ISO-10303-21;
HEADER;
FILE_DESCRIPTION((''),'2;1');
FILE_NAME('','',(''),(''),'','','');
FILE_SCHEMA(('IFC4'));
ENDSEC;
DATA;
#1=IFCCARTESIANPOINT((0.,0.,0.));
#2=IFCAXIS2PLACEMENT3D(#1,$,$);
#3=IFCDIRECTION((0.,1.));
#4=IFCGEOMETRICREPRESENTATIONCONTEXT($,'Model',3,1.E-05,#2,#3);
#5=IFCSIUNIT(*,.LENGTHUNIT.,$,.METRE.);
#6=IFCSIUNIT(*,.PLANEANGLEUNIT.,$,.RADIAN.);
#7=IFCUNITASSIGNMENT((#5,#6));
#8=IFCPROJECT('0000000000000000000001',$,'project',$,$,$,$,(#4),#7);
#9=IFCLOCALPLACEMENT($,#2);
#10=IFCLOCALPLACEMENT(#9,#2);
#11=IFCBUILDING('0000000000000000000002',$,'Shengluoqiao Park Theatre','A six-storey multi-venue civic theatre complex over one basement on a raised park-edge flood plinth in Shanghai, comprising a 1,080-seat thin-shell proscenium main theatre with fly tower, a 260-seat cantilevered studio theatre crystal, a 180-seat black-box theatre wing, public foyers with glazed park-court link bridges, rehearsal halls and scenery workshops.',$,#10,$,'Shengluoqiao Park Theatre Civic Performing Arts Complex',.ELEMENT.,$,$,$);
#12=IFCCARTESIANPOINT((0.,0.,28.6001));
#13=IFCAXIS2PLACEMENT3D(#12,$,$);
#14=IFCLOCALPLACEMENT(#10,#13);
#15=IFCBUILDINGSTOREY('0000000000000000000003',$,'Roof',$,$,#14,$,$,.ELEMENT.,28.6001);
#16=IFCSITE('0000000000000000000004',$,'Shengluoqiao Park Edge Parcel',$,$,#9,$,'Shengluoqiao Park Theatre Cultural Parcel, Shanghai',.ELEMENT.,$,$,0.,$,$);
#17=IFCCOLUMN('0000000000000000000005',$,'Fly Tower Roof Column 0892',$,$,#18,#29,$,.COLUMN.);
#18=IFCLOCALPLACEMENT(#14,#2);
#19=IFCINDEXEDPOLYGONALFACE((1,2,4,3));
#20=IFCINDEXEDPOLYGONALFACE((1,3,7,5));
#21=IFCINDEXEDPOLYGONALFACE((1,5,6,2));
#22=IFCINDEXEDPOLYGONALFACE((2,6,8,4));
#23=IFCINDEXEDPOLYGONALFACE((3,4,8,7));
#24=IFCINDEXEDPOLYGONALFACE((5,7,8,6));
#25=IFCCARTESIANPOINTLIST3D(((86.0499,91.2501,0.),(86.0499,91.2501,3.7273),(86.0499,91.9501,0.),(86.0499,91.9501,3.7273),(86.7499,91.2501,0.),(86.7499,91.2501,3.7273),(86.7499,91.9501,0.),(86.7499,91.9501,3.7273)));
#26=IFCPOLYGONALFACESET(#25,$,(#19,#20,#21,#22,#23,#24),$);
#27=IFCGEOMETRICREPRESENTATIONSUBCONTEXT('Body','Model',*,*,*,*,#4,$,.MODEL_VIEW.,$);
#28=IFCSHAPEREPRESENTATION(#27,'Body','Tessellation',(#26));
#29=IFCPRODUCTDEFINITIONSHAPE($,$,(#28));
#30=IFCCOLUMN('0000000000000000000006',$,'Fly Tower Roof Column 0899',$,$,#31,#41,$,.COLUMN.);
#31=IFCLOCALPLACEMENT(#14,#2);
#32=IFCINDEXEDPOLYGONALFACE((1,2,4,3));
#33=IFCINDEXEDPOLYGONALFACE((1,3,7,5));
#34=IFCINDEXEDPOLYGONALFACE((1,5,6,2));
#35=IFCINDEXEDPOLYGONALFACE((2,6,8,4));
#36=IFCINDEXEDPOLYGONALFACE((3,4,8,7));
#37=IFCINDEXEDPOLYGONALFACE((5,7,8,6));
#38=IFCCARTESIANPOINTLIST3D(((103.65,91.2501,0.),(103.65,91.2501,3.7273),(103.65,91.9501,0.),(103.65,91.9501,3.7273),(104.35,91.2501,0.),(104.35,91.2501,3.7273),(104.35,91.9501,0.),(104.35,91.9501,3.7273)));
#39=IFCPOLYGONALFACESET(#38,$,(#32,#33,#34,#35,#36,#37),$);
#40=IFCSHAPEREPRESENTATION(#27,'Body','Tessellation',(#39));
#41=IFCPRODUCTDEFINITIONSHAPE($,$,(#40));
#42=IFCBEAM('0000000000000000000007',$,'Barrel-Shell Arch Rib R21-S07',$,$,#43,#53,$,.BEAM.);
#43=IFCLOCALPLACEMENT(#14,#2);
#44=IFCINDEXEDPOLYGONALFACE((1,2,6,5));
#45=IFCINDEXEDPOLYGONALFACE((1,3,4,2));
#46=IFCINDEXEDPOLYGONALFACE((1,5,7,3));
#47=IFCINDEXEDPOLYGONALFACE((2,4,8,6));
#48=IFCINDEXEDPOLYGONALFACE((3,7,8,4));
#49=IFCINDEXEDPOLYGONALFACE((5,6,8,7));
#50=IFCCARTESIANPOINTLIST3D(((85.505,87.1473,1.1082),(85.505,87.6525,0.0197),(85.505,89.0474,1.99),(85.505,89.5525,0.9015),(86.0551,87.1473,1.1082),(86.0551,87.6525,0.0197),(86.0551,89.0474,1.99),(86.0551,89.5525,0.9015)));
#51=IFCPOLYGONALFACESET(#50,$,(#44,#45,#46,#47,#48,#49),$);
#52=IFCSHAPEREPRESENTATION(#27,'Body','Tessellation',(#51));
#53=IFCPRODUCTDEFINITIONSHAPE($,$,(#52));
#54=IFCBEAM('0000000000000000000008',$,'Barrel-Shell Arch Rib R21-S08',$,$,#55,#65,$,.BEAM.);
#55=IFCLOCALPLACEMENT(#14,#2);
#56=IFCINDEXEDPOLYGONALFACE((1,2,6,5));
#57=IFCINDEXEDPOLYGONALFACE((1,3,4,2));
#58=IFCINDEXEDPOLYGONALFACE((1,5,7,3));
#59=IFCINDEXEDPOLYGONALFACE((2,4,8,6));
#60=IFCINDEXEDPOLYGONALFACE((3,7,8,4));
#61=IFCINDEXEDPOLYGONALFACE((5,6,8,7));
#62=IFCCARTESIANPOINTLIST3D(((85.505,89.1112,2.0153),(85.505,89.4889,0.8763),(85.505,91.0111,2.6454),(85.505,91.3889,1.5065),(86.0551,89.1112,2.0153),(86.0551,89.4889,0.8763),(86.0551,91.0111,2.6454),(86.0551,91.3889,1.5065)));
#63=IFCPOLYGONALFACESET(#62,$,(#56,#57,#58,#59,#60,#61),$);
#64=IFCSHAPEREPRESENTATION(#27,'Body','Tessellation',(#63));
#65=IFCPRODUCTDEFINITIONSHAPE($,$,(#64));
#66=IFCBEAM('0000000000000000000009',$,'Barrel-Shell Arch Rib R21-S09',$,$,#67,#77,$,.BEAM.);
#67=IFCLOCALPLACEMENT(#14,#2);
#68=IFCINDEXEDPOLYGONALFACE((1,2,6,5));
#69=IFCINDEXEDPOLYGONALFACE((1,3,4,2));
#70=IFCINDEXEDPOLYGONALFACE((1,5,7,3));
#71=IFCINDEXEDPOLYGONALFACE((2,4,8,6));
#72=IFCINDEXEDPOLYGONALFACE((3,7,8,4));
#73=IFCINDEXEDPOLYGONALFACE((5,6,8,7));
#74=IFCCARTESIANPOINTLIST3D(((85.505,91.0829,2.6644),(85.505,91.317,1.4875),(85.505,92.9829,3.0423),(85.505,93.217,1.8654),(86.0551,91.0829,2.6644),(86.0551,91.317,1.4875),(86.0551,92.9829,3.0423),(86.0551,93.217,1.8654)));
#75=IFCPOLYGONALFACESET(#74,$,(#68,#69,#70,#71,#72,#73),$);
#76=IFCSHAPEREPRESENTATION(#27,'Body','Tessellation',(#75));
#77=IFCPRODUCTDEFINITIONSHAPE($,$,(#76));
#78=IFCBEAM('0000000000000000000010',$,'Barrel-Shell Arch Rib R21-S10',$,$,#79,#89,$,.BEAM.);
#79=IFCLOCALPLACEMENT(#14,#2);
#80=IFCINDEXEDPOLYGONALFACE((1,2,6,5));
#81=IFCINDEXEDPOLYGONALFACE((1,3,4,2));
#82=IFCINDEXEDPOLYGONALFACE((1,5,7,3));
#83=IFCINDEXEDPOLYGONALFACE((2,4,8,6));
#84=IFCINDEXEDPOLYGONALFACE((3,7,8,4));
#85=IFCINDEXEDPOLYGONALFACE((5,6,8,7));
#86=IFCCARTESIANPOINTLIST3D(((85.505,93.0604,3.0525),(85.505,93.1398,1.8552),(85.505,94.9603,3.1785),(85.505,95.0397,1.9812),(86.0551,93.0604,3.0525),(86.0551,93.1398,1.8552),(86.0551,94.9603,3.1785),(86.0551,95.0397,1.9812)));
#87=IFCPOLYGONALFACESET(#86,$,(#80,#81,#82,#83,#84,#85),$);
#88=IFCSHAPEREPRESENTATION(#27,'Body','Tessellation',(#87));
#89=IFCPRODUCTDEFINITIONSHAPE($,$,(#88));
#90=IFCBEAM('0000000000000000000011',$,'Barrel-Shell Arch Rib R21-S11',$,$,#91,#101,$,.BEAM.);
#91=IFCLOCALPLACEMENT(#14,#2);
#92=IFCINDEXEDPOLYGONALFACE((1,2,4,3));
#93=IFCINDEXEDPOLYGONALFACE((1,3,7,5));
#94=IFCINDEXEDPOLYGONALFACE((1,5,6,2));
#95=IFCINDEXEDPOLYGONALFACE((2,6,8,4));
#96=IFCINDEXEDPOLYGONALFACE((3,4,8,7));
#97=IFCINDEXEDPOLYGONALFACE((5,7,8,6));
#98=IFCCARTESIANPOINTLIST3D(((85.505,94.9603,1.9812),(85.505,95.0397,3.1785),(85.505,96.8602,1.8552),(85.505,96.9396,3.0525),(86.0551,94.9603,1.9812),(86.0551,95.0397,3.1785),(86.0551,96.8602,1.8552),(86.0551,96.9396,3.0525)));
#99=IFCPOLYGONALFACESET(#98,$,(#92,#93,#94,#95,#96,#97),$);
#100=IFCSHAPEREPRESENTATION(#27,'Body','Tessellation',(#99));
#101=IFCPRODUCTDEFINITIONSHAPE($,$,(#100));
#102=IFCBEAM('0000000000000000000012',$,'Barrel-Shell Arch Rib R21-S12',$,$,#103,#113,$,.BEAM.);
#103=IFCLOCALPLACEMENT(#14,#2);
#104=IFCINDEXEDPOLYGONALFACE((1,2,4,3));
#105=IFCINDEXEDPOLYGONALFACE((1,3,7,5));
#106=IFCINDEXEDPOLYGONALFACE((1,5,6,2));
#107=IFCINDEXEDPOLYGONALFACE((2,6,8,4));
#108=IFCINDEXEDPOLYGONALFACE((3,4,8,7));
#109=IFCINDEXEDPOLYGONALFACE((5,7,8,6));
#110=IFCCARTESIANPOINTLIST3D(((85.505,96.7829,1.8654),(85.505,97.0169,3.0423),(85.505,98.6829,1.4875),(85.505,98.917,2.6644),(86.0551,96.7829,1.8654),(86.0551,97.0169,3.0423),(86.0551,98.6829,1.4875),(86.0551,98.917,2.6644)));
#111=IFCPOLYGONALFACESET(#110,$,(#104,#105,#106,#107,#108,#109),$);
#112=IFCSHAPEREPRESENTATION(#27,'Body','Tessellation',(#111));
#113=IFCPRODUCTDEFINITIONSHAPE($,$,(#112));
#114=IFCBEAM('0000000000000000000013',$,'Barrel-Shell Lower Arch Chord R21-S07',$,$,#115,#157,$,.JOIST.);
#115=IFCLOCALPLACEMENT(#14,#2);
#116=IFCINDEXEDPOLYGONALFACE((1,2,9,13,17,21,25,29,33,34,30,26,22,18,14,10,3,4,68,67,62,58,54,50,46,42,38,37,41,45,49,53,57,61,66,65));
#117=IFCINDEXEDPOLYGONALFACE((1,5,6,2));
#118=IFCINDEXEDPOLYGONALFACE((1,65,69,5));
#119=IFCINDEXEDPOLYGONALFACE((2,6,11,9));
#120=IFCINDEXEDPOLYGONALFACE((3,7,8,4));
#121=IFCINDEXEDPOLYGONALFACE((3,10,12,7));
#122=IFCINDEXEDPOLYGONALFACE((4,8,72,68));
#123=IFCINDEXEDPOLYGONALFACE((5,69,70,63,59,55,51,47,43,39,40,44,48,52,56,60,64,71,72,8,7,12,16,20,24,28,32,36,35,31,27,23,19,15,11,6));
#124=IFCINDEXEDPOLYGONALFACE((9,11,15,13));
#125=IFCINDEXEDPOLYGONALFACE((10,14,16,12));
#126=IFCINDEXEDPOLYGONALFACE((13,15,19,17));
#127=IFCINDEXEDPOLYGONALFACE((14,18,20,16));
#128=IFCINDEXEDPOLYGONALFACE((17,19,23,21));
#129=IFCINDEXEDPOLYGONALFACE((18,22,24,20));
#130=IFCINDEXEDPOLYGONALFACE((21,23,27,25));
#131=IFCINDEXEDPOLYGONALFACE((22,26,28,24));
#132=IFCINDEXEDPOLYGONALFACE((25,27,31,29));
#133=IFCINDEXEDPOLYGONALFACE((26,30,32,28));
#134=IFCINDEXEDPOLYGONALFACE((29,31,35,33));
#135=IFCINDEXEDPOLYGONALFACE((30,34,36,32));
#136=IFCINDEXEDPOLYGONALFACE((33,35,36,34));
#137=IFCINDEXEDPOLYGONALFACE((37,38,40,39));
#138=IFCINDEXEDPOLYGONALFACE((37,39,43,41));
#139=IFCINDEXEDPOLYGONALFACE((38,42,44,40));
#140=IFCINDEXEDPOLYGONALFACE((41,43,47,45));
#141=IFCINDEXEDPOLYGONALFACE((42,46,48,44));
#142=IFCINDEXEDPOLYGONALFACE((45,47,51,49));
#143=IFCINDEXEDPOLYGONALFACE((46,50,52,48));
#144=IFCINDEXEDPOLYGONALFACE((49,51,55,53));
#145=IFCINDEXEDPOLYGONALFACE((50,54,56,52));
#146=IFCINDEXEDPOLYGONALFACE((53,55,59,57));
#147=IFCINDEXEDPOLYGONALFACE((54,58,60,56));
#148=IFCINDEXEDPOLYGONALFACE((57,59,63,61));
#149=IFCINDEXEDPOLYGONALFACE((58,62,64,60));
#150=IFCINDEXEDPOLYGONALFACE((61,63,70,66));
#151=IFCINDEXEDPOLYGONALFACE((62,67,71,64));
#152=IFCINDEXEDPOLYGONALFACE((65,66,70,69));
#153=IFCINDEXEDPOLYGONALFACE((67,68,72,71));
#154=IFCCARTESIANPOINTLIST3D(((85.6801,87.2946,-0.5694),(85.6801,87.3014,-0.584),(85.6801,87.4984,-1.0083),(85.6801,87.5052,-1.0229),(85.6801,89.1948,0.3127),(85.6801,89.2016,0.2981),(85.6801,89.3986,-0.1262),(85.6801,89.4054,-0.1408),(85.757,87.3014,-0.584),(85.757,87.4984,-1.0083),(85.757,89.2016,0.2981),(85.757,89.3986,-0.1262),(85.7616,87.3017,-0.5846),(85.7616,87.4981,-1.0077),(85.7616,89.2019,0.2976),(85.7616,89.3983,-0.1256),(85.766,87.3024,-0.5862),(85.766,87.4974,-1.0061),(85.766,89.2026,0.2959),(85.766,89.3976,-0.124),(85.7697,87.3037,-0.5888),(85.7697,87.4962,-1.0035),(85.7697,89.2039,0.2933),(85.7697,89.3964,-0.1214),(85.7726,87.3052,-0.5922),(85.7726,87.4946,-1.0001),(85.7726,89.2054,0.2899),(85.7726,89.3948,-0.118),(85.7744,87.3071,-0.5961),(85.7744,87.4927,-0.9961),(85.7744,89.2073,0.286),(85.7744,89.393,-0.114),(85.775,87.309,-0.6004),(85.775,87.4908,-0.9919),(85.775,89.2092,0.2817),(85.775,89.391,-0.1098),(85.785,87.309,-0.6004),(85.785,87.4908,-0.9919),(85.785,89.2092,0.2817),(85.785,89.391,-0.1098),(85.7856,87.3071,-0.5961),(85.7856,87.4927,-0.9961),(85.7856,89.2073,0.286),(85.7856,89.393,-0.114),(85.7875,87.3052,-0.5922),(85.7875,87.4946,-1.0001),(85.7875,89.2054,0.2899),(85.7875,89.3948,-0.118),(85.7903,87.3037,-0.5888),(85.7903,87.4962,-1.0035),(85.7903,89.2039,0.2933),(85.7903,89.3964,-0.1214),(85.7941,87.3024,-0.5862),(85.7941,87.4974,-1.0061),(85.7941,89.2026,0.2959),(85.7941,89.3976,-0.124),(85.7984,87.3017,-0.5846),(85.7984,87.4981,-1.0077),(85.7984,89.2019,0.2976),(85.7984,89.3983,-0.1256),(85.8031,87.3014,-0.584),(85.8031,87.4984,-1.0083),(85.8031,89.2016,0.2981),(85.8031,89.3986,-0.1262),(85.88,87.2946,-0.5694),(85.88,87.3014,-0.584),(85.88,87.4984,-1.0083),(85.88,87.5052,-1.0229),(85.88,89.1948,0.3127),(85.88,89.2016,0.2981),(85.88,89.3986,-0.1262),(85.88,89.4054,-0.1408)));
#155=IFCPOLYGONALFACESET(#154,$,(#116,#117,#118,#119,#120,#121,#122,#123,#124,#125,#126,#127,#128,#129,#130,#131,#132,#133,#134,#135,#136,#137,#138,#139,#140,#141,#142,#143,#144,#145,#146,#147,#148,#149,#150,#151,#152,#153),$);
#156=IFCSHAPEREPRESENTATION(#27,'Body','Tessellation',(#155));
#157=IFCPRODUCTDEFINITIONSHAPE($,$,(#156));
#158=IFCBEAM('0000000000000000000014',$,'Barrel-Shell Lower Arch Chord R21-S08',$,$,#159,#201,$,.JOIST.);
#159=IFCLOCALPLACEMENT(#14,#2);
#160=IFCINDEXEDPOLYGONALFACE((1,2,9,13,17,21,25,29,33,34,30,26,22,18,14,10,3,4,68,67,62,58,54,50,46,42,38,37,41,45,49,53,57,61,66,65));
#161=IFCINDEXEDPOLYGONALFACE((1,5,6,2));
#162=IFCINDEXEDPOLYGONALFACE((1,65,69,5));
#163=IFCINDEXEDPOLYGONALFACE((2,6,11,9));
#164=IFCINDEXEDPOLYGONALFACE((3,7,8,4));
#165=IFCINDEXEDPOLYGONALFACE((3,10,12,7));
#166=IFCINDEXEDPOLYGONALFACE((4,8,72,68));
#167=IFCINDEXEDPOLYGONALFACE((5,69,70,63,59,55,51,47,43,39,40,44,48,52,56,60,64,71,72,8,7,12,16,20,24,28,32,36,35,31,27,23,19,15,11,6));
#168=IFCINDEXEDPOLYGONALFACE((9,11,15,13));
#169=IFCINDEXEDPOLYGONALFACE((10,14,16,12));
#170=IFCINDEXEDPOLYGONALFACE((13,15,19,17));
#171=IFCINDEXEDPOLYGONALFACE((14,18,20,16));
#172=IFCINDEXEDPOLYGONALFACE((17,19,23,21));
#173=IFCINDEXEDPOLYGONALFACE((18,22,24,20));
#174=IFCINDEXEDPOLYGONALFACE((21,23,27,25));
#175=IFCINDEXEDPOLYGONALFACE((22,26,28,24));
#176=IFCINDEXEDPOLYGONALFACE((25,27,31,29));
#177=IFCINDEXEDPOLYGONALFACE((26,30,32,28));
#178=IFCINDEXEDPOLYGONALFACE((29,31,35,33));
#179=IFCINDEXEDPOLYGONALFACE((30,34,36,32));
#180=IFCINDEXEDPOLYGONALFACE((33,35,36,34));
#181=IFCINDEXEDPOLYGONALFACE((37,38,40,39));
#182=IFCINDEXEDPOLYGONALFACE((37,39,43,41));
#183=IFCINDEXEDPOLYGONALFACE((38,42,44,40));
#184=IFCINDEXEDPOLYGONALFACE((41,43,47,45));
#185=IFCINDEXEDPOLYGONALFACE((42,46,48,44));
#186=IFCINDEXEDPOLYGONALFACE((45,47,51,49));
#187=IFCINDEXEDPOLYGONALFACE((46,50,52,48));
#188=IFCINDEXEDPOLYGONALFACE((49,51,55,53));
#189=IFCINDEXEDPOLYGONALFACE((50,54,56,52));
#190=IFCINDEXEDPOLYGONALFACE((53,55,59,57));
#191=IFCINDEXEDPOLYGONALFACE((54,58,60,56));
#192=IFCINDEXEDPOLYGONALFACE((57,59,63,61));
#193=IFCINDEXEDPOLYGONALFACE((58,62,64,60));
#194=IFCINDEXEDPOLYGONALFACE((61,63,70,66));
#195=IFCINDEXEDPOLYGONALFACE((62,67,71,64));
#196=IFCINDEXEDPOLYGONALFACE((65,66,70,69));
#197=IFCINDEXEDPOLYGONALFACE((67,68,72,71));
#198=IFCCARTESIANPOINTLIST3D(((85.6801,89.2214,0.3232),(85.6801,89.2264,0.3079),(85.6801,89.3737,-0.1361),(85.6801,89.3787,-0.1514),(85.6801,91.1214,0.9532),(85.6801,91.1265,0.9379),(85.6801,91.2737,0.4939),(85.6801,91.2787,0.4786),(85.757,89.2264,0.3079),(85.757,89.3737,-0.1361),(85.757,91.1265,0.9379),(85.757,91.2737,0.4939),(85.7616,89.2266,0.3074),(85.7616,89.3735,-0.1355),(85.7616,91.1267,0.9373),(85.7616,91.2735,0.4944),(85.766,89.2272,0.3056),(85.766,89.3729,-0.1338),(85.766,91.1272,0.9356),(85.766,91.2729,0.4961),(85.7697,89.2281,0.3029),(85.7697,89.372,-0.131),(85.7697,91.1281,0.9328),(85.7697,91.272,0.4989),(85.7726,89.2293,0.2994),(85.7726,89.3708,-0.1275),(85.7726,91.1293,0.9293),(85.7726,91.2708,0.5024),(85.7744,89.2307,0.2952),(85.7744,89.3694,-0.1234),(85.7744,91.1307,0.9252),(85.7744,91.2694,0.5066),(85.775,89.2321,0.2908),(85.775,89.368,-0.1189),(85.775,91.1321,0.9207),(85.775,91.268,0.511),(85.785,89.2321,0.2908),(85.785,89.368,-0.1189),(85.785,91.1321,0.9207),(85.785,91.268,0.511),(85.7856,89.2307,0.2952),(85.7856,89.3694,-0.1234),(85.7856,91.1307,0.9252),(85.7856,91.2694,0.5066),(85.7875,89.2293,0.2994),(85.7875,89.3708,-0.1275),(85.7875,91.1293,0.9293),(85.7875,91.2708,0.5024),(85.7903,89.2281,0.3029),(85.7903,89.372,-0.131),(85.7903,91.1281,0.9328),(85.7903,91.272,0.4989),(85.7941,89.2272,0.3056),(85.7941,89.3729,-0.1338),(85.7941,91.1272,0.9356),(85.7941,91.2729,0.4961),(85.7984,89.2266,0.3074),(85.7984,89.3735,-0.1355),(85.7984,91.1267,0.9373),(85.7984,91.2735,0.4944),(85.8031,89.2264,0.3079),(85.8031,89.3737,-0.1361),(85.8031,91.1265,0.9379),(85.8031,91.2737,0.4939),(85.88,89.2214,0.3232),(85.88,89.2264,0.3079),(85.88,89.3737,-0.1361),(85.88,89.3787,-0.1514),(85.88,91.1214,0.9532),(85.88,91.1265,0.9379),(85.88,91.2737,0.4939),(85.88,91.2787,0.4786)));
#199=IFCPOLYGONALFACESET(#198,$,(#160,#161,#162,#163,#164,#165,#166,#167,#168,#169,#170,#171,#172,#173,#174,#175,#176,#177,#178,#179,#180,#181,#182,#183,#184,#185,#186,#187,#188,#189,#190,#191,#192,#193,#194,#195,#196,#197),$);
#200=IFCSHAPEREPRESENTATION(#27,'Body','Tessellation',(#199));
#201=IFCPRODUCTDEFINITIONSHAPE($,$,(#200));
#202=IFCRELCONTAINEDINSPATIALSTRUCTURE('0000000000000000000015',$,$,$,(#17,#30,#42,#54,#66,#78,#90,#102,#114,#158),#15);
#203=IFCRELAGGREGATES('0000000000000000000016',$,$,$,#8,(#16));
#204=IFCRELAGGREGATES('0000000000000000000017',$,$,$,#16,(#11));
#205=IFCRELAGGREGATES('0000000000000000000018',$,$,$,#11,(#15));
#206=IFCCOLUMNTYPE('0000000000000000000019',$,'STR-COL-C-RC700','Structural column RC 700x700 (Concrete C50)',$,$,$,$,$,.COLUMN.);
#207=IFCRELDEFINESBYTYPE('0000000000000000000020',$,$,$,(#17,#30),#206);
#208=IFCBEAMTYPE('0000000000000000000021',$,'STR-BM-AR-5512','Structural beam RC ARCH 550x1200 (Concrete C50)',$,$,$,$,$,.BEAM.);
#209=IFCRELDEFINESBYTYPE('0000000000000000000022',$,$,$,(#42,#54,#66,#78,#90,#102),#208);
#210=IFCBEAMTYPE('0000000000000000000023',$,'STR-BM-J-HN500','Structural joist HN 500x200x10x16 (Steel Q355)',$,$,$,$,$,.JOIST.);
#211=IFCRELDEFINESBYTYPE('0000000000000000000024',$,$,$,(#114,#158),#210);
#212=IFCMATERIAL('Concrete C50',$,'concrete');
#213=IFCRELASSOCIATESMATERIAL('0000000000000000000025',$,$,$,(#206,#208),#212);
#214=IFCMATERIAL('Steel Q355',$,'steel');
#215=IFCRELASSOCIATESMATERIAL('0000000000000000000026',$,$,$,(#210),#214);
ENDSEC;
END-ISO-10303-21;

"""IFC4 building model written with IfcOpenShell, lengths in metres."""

from ifc_helpers import new_model, si_unit, direction, frame, origin, origin_2d, place, context, subcontext, project, spatial, rectangle, i_section, extrude, material, material_profile, profile_set, type_object, element, save


model = new_model("IFC4")

# Units and contexts
model_context = context("Model", 3, precision=1e-05, world=origin(), true_north=direction((0.0, 1.0)))
body_context = subcontext(model_context, "Body", "Model", "MODEL_VIEW")
ifc_project = project(units=[si_unit("LENGTHUNIT", "METRE"), si_unit("PLANEANGLEUNIT", "RADIAN")], contexts=[model_context])

# Site, building, storey
site_placement = place(None, origin())
site = spatial("IfcSite", under=ifc_project, at=site_placement, Name="Shengluoqiao Park Edge Parcel", LongName="Shengluoqiao Park Theatre Cultural Parcel, Shanghai", CompositionType="ELEMENT", RefElevation=0.0)
building_placement = place(site_placement, origin())
building = spatial("IfcBuilding", under=site, at=building_placement, Name="Shengluoqiao Park Theatre", Description="A six-storey multi-venue civic theatre complex over one basement on a raised park-edge flood plinth in Shanghai, comprising a 1,080-seat thin-shell proscenium main theatre with fly tower, a 260-seat cantilevered studio theatre crystal, a 180-seat black-box theatre wing, public foyers with glazed park-court link bridges, rehearsal halls and scenery workshops.", LongName="Shengluoqiao Park Theatre Civic Performing Arts Complex", CompositionType="ELEMENT")
storey_placement = place(building_placement, frame((0.0, 0.0, 28.6001)))
storey = spatial("IfcBuildingStorey", under=building, at=storey_placement, Name="Roof", CompositionType="ELEMENT", Elevation=28.6001)

# Columns
ifc_material_1 = material(Name="Concrete C50", Category="concrete")
ifc_material_profile_1 = material_profile(ifc_material_1, rectangle(XDim=0.7, YDim=0.7, at=origin_2d()), Name="RC 700x700")
ifc_profile_set_1 = profile_set([ifc_material_profile_1], Name="Concrete C50")
column_type = type_object("IfcColumnType", Name="STR-COL-C-RC700", Description="Structural column RC 700x700 (Concrete C50)", PredefinedType="COLUMN", material=ifc_profile_set_1)
for number, where, z_axis, x_axis, name in (
    (1, (86.3999, 91.6001, 0.0), (0.0, 0.0, 1.0), (1.0, 0.0, 0.0), "Fly Tower Roof Column 0892"),
    (2, (104.0, 91.6001, 0.0), (0.0, 0.0, 1.0), (1.0, 0.0, 0.0), "Fly Tower Roof Column 0899"),
):
    element("IfcColumn", number, at=place(storey_placement, frame(where, z_axis=z_axis, x_axis=x_axis)), inside=storey, type_object=column_type, Name=name, PredefinedType="COLUMN", context=body_context, shape_type="SweptSolid", body=[
        extrude(rectangle(XDim=0.7, YDim=0.7, at=origin_2d()), origin(), (0.0, 0.0, 1.0), 3.7273),
    ])

# Beams
ifc_material_profile_2 = material_profile(ifc_material_1, rectangle(XDim=0.55, YDim=1.2, at=origin_2d()), Name="RC ARCH 550x1200")
ifc_profile_set_2 = profile_set([ifc_material_profile_2], Name="Concrete C50")
beam_type_1 = type_object("IfcBeamType", Name="STR-BM-AR-5512", Description="Structural beam RC ARCH 550x1200 (Concrete C50)", PredefinedType="BEAM", material=ifc_profile_set_2)
beam_1_placement = place(storey_placement, frame((85.78, 87.3999, 0.564), z_axis=(0.0, 0.907077, 0.420964), x_axis=(-1.0, 0.0, 0.0)))
element("IfcBeam", 3, at=beam_1_placement, inside=storey, type_object=beam_type_1, Name="Barrel-Shell Arch Rib R21-S07", PredefinedType="BEAM", context=body_context, shape_type="SweptSolid", body=[
    extrude(rectangle(XDim=0.55, YDim=1.2, at=origin_2d()), origin(), (0.0, 0.0, 1.0), 2.0947),
])
beam_2_placement = place(storey_placement, frame((85.78, 89.3, 1.4458), z_axis=(0.0, 0.949158, 0.3148), x_axis=(-1.0, 0.0, 0.0)))
element("IfcBeam", 4, at=beam_2_placement, inside=storey, type_object=beam_type_1, Name="Barrel-Shell Arch Rib R21-S08", PredefinedType="BEAM", context=body_context, shape_type="SweptSolid", body=[
    extrude(rectangle(XDim=0.55, YDim=1.2, at=origin_2d()), origin(), (0.0, 0.0, 1.0), 2.0017),
])
beam_3_placement = place(storey_placement, frame((85.78, 91.2, 2.0759), z_axis=(0.0, 0.980789, 0.195074), x_axis=(-1.0, 0.0, 0.0)))
element("IfcBeam", 5, at=beam_3_placement, inside=storey, type_object=beam_type_1, Name="Barrel-Shell Arch Rib R21-S09", PredefinedType="BEAM", context=body_context, shape_type="SweptSolid", body=[
    extrude(rectangle(XDim=0.55, YDim=1.2, at=origin_2d()), origin(), (0.0, 0.0, 1.0), 1.9373),
])
for number, where, z_axis, x_axis, name in (
    (6, (85.78, 93.1001, 2.4539), (0.0, 0.997809, 0.066162), (-1.0, 0.0, 0.0), "Barrel-Shell Arch Rib R21-S10"),
    (7, (85.78, 95.0, 2.5798), (0.0, 0.997809, -0.066162), (-1.0, 0.0, 0.0), "Barrel-Shell Arch Rib R21-S11"),
):
    element("IfcBeam", number, at=place(storey_placement, frame(where, z_axis=z_axis, x_axis=x_axis)), inside=storey, type_object=beam_type_1, Name=name, PredefinedType="BEAM", context=body_context, shape_type="SweptSolid", body=[
        extrude(rectangle(XDim=0.55, YDim=1.2, at=origin_2d()), origin(), (0.0, 0.0, 1.0), 1.9041),
    ])
beam_4_placement = place(storey_placement, frame((85.78, 96.8999, 2.4539), z_axis=(0.0, 0.980789, -0.195074), x_axis=(-1.0, 0.0, 0.0)))
element("IfcBeam", 8, at=beam_4_placement, inside=storey, type_object=beam_type_1, Name="Barrel-Shell Arch Rib R21-S12", PredefinedType="BEAM", context=body_context, shape_type="SweptSolid", body=[
    extrude(rectangle(XDim=0.55, YDim=1.2, at=origin_2d()), origin(), (0.0, 0.0, 1.0), 1.9373),
])
ifc_material_2 = material(Name="Steel Q355", Category="steel")
ifc_material_profile_3 = material_profile(ifc_material_2, i_section(OverallWidth=0.2, OverallDepth=0.5, WebThickness=0.01, FlangeThickness=0.0161, FilletRadius=0.0181, at=origin_2d()), Name="HN 500x200x10x16")
ifc_profile_set_3 = profile_set([ifc_material_profile_3], Name="Steel Q355")
beam_type_2 = type_object("IfcBeamType", Name="STR-BM-J-HN500", Description="Structural joist HN 500x200x10x16 (Steel Q355)", PredefinedType="JOIST", material=ifc_profile_set_3)
beam_5_placement = place(storey_placement, frame((85.78, 87.3999, -0.7961), z_axis=(0.0, 0.907033, 0.42106), x_axis=(-1.0, 0.0, 0.0)))
element("IfcBeam", 9, at=beam_5_placement, inside=storey, type_object=beam_type_2, Name="Barrel-Shell Lower Arch Chord R21-S07", PredefinedType="JOIST", context=body_context, shape_type="SweptSolid", body=[
    extrude(i_section(OverallWidth=0.2, OverallDepth=0.5, WebThickness=0.01, FlangeThickness=0.0161, FilletRadius=0.0181, at=origin_2d()), origin(), (0.0, 0.0, 1.0), 2.095),
])
beam_6_placement = place(storey_placement, frame((85.78, 89.3, 0.0859), z_axis=(0.0, 0.949194, 0.31469), x_axis=(-1.0, 0.0, 0.0)))
element("IfcBeam", 10, at=beam_6_placement, inside=storey, type_object=beam_type_2, Name="Barrel-Shell Lower Arch Chord R21-S08", PredefinedType="JOIST", context=body_context, shape_type="SweptSolid", body=[
    extrude(i_section(OverallWidth=0.2, OverallDepth=0.5, WebThickness=0.01, FlangeThickness=0.0161, FilletRadius=0.0181, at=origin_2d()), origin(), (0.0, 0.0, 1.0), 2.0017),
])

save(model, "model.ifc")
